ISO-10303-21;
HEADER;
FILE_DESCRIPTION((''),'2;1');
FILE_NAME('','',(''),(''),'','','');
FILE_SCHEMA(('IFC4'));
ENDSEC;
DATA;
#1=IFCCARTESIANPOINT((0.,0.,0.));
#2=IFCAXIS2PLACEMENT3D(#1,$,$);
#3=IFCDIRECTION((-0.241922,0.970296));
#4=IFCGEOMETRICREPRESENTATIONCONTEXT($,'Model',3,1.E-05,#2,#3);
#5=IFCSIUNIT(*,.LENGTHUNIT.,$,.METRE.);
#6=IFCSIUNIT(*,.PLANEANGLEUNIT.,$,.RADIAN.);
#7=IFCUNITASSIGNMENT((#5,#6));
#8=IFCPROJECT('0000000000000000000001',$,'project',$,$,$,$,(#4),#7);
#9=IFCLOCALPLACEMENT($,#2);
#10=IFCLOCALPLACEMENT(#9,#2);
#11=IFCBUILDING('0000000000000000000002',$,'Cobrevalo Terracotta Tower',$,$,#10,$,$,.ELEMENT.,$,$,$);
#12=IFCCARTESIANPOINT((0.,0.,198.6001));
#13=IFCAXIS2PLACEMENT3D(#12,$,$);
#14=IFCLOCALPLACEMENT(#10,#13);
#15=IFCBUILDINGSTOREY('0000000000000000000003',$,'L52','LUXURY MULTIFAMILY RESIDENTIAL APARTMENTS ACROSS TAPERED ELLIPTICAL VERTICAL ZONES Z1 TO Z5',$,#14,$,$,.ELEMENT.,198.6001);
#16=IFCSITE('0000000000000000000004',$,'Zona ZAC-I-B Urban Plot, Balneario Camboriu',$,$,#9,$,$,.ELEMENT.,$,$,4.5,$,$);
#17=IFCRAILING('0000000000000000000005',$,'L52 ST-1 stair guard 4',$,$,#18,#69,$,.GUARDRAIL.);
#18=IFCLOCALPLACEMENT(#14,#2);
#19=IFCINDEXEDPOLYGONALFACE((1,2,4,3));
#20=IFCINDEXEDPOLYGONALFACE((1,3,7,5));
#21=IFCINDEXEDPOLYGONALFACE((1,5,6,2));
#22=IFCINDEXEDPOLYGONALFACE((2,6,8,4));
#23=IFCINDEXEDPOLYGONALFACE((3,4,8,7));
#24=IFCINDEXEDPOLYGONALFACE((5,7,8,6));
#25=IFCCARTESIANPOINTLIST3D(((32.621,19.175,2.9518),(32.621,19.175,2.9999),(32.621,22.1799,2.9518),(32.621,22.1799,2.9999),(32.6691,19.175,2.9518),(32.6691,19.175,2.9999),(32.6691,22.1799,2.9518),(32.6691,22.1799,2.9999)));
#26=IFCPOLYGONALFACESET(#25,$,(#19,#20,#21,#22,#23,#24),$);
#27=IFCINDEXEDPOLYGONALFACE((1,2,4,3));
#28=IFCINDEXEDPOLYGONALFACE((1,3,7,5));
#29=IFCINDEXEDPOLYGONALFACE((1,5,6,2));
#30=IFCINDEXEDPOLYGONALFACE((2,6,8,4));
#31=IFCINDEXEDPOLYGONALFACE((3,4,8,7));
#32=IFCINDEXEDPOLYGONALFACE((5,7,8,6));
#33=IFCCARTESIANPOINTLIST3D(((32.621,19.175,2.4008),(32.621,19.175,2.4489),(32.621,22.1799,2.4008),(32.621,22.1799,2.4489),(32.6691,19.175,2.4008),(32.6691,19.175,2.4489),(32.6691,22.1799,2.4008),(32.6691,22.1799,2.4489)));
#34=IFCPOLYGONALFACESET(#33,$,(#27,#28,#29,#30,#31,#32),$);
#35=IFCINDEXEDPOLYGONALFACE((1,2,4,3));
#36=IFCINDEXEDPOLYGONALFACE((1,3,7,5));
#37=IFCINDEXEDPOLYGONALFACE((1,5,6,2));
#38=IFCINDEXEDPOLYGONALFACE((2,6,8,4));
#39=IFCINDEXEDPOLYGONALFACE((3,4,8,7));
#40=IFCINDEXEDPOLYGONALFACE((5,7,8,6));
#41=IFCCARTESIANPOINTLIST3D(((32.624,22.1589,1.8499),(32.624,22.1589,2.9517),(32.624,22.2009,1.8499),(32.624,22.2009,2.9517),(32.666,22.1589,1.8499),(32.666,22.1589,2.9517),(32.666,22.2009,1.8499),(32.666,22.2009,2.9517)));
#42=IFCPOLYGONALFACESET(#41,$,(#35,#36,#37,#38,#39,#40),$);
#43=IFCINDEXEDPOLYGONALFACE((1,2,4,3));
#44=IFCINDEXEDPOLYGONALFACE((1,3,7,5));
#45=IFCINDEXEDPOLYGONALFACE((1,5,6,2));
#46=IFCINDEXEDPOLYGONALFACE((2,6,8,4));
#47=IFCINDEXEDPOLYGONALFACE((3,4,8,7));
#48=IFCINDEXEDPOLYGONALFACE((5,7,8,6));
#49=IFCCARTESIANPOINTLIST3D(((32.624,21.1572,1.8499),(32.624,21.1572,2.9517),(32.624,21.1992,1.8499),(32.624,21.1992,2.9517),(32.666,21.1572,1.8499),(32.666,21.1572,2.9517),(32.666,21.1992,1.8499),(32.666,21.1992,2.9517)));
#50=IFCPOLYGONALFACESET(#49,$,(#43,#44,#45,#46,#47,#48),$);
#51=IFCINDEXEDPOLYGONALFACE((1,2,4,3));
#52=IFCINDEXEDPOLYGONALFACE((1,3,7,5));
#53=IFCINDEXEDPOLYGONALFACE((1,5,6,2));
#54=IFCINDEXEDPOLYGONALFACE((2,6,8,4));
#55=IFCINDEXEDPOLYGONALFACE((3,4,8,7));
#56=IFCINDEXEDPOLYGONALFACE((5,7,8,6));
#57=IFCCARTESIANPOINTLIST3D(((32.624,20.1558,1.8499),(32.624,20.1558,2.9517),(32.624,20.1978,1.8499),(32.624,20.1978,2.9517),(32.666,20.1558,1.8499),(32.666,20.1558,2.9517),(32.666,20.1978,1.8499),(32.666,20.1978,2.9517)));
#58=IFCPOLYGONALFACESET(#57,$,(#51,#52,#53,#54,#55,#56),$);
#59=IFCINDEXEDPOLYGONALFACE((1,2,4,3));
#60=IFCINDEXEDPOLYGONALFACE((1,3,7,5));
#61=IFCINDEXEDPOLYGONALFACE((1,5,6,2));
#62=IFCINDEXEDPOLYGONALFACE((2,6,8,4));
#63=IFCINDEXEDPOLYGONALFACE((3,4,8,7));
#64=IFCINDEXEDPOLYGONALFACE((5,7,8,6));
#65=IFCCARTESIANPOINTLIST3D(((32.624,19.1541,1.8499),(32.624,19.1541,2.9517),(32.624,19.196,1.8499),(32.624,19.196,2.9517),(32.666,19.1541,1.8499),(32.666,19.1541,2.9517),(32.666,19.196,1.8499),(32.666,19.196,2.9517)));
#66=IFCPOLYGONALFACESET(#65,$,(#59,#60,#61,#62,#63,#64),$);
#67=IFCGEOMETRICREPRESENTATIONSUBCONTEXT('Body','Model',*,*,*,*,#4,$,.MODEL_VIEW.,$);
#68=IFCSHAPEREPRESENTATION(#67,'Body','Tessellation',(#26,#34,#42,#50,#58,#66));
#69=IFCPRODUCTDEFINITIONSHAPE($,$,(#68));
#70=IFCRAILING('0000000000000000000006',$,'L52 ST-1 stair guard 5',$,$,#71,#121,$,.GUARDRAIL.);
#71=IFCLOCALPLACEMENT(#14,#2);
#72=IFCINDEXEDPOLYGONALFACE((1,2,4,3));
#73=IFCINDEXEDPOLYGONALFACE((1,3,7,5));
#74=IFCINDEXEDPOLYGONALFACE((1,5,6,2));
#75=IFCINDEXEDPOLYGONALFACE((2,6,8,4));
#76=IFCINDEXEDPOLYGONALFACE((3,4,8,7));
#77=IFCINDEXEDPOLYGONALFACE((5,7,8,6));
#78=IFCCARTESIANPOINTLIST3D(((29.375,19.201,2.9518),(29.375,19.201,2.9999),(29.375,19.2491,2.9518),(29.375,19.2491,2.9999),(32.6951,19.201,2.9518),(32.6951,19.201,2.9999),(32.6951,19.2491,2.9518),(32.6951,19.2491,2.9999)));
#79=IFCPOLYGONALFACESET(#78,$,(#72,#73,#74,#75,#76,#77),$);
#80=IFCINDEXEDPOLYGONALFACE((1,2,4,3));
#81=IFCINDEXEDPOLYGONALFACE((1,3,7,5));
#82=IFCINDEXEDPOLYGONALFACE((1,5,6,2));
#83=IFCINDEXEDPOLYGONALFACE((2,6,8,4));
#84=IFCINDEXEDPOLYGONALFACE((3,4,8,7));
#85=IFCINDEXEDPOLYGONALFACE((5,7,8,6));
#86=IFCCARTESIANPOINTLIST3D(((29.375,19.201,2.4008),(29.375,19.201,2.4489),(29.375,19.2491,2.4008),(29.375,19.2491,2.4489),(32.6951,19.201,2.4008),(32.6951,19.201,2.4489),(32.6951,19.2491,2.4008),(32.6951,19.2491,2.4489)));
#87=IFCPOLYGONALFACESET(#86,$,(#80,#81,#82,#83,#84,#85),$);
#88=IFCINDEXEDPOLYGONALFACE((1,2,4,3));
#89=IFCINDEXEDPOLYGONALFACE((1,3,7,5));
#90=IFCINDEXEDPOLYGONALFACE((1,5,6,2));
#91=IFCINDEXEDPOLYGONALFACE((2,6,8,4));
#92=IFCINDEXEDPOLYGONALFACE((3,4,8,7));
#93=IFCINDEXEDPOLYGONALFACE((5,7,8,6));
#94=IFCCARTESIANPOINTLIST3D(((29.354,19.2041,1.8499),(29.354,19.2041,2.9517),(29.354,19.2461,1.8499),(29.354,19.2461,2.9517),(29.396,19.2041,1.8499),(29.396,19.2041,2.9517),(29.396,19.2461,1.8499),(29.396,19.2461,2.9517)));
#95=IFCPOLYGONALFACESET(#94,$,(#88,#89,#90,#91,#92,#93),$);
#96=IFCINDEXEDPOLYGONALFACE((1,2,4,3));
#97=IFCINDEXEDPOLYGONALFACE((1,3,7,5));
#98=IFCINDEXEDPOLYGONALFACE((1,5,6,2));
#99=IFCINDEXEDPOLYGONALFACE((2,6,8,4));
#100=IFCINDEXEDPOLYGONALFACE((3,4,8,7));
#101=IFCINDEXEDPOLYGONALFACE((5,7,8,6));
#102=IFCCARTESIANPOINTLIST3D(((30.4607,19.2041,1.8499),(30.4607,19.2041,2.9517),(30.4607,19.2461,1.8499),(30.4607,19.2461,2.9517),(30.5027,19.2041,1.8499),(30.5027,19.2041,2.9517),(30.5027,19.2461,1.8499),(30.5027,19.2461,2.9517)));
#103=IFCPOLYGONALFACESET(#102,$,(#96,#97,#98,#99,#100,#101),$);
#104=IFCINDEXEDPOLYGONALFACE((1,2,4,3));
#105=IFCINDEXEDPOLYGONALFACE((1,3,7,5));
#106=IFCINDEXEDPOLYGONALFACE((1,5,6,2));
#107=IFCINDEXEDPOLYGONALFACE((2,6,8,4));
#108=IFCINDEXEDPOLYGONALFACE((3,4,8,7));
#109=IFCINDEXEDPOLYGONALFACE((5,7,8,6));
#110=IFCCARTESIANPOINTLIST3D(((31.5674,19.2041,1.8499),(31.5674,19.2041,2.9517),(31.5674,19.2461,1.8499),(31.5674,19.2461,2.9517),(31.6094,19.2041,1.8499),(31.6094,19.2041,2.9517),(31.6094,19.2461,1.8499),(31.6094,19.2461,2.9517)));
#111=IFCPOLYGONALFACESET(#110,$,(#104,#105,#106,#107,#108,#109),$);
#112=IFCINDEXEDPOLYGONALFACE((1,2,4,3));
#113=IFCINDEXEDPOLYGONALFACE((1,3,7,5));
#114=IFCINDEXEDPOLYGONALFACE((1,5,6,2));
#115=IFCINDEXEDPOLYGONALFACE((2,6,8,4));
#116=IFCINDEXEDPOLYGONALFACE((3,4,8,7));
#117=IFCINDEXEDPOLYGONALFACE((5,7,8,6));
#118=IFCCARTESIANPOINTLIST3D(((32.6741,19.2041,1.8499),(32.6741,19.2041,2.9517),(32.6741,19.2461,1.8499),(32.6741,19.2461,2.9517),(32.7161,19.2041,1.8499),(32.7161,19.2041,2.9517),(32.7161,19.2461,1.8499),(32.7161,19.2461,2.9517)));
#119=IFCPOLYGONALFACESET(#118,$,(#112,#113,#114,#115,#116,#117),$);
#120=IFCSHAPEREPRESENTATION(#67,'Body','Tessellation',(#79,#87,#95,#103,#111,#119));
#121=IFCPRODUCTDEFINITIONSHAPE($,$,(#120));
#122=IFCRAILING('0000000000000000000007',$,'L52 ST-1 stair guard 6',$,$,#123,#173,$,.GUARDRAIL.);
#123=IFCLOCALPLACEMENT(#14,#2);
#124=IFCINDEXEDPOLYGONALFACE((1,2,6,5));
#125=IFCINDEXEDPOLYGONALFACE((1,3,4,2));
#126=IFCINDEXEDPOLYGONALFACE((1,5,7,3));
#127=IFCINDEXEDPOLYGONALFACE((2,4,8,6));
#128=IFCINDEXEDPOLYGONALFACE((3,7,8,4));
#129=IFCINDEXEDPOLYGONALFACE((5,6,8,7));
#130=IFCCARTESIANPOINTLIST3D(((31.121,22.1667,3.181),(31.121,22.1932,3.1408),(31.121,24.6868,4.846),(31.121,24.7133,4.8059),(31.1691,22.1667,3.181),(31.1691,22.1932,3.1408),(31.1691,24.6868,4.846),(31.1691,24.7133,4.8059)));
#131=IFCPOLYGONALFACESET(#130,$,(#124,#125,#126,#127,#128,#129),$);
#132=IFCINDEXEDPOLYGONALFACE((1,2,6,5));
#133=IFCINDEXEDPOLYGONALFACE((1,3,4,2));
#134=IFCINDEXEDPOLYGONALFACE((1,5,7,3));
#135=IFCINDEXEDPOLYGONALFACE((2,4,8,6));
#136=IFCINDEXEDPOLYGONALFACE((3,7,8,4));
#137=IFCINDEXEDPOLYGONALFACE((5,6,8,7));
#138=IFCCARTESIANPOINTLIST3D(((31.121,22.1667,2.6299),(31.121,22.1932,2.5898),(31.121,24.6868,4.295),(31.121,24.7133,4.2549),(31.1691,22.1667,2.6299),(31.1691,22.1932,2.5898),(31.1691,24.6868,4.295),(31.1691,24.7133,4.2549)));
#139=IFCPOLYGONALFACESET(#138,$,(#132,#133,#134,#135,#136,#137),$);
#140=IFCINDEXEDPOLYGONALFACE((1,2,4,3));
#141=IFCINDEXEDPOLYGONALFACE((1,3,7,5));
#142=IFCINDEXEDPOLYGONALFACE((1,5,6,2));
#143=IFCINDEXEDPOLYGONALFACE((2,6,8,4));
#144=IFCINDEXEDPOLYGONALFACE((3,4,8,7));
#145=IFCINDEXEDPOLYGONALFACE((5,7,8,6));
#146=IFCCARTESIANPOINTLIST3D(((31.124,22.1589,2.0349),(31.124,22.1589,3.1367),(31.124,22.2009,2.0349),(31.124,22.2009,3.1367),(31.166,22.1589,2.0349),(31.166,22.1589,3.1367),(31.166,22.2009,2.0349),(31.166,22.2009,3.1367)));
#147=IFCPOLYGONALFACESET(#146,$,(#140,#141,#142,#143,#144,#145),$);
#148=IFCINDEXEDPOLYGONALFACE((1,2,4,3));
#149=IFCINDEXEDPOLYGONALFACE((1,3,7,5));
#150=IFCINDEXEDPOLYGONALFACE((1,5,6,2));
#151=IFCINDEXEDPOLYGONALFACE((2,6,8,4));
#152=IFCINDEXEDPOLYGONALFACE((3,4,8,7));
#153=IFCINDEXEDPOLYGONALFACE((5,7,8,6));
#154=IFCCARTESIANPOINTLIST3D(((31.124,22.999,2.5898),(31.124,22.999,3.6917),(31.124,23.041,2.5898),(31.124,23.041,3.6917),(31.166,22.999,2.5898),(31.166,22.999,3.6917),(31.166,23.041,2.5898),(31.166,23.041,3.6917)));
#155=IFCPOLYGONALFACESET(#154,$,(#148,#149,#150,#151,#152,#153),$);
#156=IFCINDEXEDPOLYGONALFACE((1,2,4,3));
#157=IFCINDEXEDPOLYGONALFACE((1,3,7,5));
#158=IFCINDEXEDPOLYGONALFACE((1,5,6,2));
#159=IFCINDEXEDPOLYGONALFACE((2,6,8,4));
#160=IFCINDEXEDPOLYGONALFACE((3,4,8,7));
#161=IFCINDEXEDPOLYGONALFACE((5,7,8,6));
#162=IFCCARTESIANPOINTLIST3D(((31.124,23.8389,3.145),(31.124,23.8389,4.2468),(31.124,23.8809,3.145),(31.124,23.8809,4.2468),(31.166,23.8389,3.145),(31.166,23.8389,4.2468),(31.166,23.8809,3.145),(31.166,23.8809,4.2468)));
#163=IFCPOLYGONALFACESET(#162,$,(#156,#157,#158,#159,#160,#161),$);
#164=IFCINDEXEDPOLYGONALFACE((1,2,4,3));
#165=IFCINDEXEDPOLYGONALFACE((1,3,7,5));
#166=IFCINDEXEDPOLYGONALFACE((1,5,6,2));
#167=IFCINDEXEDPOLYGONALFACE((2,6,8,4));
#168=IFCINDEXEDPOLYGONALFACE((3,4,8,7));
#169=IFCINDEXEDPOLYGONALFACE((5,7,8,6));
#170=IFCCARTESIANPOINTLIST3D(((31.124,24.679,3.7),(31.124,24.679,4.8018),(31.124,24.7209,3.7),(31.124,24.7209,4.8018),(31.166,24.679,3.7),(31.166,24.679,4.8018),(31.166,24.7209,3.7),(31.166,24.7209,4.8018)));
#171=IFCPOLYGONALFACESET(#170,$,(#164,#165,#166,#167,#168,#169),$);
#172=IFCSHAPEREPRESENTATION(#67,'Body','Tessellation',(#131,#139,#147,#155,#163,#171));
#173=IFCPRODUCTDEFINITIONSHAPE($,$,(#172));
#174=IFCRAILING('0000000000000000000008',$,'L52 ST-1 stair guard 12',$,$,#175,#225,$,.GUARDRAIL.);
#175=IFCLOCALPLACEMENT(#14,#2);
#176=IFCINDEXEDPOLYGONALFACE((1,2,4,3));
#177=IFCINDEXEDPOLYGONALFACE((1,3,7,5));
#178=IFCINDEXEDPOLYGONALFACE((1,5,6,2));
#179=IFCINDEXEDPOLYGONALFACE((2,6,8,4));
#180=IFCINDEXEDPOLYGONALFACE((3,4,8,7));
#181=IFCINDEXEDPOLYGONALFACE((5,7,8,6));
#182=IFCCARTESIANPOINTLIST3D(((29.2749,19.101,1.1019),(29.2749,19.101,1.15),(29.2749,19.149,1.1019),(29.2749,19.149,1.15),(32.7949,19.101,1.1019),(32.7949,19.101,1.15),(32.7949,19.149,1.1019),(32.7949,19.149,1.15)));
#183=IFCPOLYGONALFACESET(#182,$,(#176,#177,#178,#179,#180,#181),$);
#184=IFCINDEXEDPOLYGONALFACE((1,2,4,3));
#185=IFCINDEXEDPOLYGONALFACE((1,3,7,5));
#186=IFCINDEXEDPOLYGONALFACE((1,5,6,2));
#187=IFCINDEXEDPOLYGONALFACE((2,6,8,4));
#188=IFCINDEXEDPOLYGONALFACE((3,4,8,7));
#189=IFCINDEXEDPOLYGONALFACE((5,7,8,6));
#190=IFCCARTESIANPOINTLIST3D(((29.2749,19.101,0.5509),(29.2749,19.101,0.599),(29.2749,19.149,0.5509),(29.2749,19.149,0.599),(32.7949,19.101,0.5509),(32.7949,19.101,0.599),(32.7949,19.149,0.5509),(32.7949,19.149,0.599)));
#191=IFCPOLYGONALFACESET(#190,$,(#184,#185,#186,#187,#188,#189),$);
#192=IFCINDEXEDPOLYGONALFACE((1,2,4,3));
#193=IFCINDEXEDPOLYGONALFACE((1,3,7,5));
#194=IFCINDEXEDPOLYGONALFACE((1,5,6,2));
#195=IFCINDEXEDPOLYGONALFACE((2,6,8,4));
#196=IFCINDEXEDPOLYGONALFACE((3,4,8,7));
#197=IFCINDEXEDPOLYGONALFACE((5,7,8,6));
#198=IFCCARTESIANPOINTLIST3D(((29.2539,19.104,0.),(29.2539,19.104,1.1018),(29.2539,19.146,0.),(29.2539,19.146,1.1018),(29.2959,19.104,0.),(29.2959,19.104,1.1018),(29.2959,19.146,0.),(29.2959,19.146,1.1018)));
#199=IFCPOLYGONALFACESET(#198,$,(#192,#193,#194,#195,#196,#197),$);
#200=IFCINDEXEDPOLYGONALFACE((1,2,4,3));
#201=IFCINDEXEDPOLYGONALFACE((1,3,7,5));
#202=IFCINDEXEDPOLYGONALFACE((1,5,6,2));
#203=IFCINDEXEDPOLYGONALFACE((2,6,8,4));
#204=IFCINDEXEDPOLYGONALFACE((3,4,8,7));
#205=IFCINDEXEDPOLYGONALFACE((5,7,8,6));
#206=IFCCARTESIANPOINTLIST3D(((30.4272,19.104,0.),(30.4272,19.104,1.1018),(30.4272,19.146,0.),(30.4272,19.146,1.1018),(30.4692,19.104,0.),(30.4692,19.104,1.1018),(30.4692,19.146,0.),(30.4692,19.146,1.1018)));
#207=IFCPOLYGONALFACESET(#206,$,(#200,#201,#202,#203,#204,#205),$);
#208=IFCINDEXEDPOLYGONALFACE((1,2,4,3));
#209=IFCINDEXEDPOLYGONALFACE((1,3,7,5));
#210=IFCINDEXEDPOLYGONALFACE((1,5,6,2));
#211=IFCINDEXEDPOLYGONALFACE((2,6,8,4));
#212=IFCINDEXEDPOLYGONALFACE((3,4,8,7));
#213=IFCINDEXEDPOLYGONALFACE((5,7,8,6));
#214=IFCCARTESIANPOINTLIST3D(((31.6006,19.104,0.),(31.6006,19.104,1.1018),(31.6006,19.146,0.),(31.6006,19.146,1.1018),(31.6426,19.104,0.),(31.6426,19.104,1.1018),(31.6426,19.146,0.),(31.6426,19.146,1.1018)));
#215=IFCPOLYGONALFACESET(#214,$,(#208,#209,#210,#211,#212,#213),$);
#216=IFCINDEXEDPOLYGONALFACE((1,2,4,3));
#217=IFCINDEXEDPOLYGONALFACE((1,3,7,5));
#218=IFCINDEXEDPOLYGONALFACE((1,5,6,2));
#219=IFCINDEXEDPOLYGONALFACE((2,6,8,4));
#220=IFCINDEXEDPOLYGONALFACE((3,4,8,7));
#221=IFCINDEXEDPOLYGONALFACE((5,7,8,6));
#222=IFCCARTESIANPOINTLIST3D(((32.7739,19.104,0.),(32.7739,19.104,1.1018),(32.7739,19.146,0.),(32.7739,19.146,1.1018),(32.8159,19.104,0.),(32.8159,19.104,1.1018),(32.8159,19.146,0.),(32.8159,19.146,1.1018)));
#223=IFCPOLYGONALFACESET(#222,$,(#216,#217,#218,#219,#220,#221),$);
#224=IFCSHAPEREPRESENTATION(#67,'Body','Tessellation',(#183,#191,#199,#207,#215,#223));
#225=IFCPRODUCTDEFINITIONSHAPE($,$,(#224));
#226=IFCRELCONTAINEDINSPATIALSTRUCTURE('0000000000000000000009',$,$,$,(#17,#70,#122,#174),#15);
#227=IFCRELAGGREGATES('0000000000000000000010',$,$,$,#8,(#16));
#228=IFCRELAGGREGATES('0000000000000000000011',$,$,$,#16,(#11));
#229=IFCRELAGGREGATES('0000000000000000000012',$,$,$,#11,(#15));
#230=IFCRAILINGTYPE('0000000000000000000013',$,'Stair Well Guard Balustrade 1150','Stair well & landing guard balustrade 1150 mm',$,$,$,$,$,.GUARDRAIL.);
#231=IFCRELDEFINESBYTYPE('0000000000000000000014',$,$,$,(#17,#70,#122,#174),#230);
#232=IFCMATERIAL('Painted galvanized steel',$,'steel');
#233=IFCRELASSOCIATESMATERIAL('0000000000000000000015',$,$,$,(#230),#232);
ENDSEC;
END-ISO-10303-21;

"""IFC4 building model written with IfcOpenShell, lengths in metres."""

from ifc_helpers import new_model, si_unit, direction, frame, origin, origin_2d, place, context, subcontext, project, spatial, rectangle, extrude, material, type_object, element, save


model = new_model("IFC4")

# Units and contexts
model_context = context("Model", 3, precision=1e-05, world=origin(), true_north=direction((-0.241922, 0.970296)))
body_context = subcontext(model_context, "Body", "Model", "MODEL_VIEW")
ifc_project = project(units=[si_unit("LENGTHUNIT", "METRE"), si_unit("PLANEANGLEUNIT", "RADIAN")], contexts=[model_context])

# Site, building, storey
site_placement = place(None, origin())
site = spatial("IfcSite", under=ifc_project, at=site_placement, Name="Zona ZAC-I-B Urban Plot, Balneario Camboriu", CompositionType="ELEMENT", RefElevation=4.5)
building_placement = place(site_placement, origin())
building = spatial("IfcBuilding", under=site, at=building_placement, Name="Cobrevalo Terracotta Tower", CompositionType="ELEMENT")
storey_placement = place(building_placement, frame((0.0, 0.0, 198.6001)))
storey = spatial("IfcBuildingStorey", under=building, at=storey_placement, Name="L52", Description="LUXURY MULTIFAMILY RESIDENTIAL APARTMENTS ACROSS TAPERED ELLIPTICAL VERTICAL ZONES Z1 TO Z5", CompositionType="ELEMENT", Elevation=198.6001)

# Railings
ifc_material_1 = material(Name="Painted galvanized steel", Category="steel")
railing_type_1 = type_object("IfcRailingType", Name="Stair Well Guard Balustrade 1150", Description="Stair well & landing guard balustrade 1150 mm", PredefinedType="GUARDRAIL", material=ifc_material_1)
for number, where, name in (
    (1, (32.645, 22.1799, 1.8499), "L52 ST-1 stair guard 4"),
):
    element("IfcRailing", number, at=place(storey_placement, frame(where)), inside=storey, type_object=railing_type_1, Name=name, PredefinedType="GUARDRAIL", context=body_context, shape_type="SweptSolid", body=[
        extrude(rectangle(XDim=0.0481, YDim=0.0481, at=origin_2d()), frame((0.0, 0.0, 1.126), z_axis=(0.0, -1.0, 0.0), x_axis=(1.0, 0.0, 0.0)), (0.0, 0.0, 1.0), 3.0049),
        extrude(rectangle(XDim=0.0481, YDim=0.0481, at=origin_2d()), frame((0.0, 0.0, 0.575), z_axis=(0.0, -1.0, 0.0), x_axis=(1.0, 0.0, 0.0)), (0.0, 0.0, 1.0), 3.0049),
        extrude(rectangle(XDim=0.042, YDim=0.042, at=origin_2d()), origin(), (0.0, 0.0, 1.0), 1.1018),
        extrude(rectangle(XDim=0.042, YDim=0.042, at=origin_2d()), frame((0.0, -1.0017, 0.0)), (0.0, 0.0, 1.0), 1.1018),
        extrude(rectangle(XDim=0.042, YDim=0.042, at=origin_2d()), frame((0.0, -2.0032, 0.0)), (0.0, 0.0, 1.0), 1.1018),
        extrude(rectangle(XDim=0.042, YDim=0.042, at=origin_2d()), frame((0.0, -3.0049, 0.0)), (0.0, 0.0, 1.0), 1.1018),
    ])
railing_1_placement = place(storey_placement, frame((29.375, 19.2251, 1.8499)))
element("IfcRailing", 2, at=railing_1_placement, inside=storey, type_object=railing_type_1, Name="L52 ST-1 stair guard 5", PredefinedType="GUARDRAIL", context=body_context, shape_type="SweptSolid", body=[
    extrude(rectangle(XDim=0.0481, YDim=0.0481, at=origin_2d()), frame((0.0, 0.0, 1.126), z_axis=(1.0, 0.0, 0.0), x_axis=(0.0, 1.0, 0.0)), (0.0, 0.0, 1.0), 3.3201),
    extrude(rectangle(XDim=0.0481, YDim=0.0481, at=origin_2d()), frame((0.0, 0.0, 0.575), z_axis=(1.0, 0.0, 0.0), x_axis=(0.0, 1.0, 0.0)), (0.0, 0.0, 1.0), 3.3201),
    extrude(rectangle(XDim=0.042, YDim=0.042, at=origin_2d()), origin(), (0.0, 0.0, 1.0), 1.1018),
    extrude(rectangle(XDim=0.042, YDim=0.042, at=origin_2d()), frame((1.1067, 0.0, 0.0)), (0.0, 0.0, 1.0), 1.1018),
    extrude(rectangle(XDim=0.042, YDim=0.042, at=origin_2d()), frame((2.2134, 0.0, 0.0)), (0.0, 0.0, 1.0), 1.1018),
    extrude(rectangle(XDim=0.042, YDim=0.042, at=origin_2d()), frame((3.3201, 0.0, 0.0)), (0.0, 0.0, 1.0), 1.1018),
])
railing_2_placement = place(storey_placement, frame((31.145, 22.1799, 2.0349)))
element("IfcRailing", 3, at=railing_2_placement, inside=storey, type_object=railing_type_1, Name="L52 ST-1 stair guard 6", PredefinedType="GUARDRAIL", context=body_context, shape_type="SweptSolid", body=[
    extrude(rectangle(XDim=0.0481, YDim=0.0481, at=origin_2d()), frame((0.0, 0.0, 1.126), z_axis=(0.0, 0.834331, 0.551263), x_axis=(-1.0, 0.0, 0.0)), (0.0, 0.0, 1.0), 3.0205),
    extrude(rectangle(XDim=0.0481, YDim=0.0481, at=origin_2d()), frame((0.0, 0.0, 0.575), z_axis=(0.0, 0.834331, 0.551263), x_axis=(-1.0, 0.0, 0.0)), (0.0, 0.0, 1.0), 3.0205),
    extrude(rectangle(XDim=0.042, YDim=0.042, at=origin_2d()), origin(), (0.0, 0.0, 1.0), 1.1018),
    extrude(rectangle(XDim=0.042, YDim=0.042, at=origin_2d()), frame((0.0, 0.8401, 0.5549)), (0.0, 0.0, 1.0), 1.1018),
    extrude(rectangle(XDim=0.042, YDim=0.042, at=origin_2d()), frame((0.0, 1.6799, 1.1101)), (0.0, 0.0, 1.0), 1.1018),
    extrude(rectangle(XDim=0.042, YDim=0.042, at=origin_2d()), frame((0.0, 2.52, 1.665)), (0.0, 0.0, 1.0), 1.1018),
])
railing_3_placement = place(storey_placement, frame((29.2749, 19.125, 0.0)))
element("IfcRailing", 4, at=railing_3_placement, inside=storey, type_object=railing_type_1, Name="L52 ST-1 stair guard 12", PredefinedType="GUARDRAIL", context=body_context, shape_type="SweptSolid", body=[
    extrude(rectangle(XDim=0.0481, YDim=0.0481, at=origin_2d()), frame((0.0, 0.0, 1.126), z_axis=(1.0, 0.0, 0.0), x_axis=(0.0, 1.0, 0.0)), (0.0, 0.0, 1.0), 3.52),
    extrude(rectangle(XDim=0.0481, YDim=0.0481, at=origin_2d()), frame((0.0, 0.0, 0.575), z_axis=(1.0, 0.0, 0.0), x_axis=(0.0, 1.0, 0.0)), (0.0, 0.0, 1.0), 3.52),
    extrude(rectangle(XDim=0.042, YDim=0.042, at=origin_2d()), origin(), (0.0, 0.0, 1.0), 1.1018),
    extrude(rectangle(XDim=0.042, YDim=0.042, at=origin_2d()), frame((1.1733, 0.0, 0.0)), (0.0, 0.0, 1.0), 1.1018),
    extrude(rectangle(XDim=0.042, YDim=0.042, at=origin_2d()), frame((2.3467, 0.0, 0.0)), (0.0, 0.0, 1.0), 1.1018),
    extrude(rectangle(XDim=0.042, YDim=0.042, at=origin_2d()), frame((3.52, 0.0, 0.0)), (0.0, 0.0, 1.0), 1.1018),
])

save(model, "model.ifc")
